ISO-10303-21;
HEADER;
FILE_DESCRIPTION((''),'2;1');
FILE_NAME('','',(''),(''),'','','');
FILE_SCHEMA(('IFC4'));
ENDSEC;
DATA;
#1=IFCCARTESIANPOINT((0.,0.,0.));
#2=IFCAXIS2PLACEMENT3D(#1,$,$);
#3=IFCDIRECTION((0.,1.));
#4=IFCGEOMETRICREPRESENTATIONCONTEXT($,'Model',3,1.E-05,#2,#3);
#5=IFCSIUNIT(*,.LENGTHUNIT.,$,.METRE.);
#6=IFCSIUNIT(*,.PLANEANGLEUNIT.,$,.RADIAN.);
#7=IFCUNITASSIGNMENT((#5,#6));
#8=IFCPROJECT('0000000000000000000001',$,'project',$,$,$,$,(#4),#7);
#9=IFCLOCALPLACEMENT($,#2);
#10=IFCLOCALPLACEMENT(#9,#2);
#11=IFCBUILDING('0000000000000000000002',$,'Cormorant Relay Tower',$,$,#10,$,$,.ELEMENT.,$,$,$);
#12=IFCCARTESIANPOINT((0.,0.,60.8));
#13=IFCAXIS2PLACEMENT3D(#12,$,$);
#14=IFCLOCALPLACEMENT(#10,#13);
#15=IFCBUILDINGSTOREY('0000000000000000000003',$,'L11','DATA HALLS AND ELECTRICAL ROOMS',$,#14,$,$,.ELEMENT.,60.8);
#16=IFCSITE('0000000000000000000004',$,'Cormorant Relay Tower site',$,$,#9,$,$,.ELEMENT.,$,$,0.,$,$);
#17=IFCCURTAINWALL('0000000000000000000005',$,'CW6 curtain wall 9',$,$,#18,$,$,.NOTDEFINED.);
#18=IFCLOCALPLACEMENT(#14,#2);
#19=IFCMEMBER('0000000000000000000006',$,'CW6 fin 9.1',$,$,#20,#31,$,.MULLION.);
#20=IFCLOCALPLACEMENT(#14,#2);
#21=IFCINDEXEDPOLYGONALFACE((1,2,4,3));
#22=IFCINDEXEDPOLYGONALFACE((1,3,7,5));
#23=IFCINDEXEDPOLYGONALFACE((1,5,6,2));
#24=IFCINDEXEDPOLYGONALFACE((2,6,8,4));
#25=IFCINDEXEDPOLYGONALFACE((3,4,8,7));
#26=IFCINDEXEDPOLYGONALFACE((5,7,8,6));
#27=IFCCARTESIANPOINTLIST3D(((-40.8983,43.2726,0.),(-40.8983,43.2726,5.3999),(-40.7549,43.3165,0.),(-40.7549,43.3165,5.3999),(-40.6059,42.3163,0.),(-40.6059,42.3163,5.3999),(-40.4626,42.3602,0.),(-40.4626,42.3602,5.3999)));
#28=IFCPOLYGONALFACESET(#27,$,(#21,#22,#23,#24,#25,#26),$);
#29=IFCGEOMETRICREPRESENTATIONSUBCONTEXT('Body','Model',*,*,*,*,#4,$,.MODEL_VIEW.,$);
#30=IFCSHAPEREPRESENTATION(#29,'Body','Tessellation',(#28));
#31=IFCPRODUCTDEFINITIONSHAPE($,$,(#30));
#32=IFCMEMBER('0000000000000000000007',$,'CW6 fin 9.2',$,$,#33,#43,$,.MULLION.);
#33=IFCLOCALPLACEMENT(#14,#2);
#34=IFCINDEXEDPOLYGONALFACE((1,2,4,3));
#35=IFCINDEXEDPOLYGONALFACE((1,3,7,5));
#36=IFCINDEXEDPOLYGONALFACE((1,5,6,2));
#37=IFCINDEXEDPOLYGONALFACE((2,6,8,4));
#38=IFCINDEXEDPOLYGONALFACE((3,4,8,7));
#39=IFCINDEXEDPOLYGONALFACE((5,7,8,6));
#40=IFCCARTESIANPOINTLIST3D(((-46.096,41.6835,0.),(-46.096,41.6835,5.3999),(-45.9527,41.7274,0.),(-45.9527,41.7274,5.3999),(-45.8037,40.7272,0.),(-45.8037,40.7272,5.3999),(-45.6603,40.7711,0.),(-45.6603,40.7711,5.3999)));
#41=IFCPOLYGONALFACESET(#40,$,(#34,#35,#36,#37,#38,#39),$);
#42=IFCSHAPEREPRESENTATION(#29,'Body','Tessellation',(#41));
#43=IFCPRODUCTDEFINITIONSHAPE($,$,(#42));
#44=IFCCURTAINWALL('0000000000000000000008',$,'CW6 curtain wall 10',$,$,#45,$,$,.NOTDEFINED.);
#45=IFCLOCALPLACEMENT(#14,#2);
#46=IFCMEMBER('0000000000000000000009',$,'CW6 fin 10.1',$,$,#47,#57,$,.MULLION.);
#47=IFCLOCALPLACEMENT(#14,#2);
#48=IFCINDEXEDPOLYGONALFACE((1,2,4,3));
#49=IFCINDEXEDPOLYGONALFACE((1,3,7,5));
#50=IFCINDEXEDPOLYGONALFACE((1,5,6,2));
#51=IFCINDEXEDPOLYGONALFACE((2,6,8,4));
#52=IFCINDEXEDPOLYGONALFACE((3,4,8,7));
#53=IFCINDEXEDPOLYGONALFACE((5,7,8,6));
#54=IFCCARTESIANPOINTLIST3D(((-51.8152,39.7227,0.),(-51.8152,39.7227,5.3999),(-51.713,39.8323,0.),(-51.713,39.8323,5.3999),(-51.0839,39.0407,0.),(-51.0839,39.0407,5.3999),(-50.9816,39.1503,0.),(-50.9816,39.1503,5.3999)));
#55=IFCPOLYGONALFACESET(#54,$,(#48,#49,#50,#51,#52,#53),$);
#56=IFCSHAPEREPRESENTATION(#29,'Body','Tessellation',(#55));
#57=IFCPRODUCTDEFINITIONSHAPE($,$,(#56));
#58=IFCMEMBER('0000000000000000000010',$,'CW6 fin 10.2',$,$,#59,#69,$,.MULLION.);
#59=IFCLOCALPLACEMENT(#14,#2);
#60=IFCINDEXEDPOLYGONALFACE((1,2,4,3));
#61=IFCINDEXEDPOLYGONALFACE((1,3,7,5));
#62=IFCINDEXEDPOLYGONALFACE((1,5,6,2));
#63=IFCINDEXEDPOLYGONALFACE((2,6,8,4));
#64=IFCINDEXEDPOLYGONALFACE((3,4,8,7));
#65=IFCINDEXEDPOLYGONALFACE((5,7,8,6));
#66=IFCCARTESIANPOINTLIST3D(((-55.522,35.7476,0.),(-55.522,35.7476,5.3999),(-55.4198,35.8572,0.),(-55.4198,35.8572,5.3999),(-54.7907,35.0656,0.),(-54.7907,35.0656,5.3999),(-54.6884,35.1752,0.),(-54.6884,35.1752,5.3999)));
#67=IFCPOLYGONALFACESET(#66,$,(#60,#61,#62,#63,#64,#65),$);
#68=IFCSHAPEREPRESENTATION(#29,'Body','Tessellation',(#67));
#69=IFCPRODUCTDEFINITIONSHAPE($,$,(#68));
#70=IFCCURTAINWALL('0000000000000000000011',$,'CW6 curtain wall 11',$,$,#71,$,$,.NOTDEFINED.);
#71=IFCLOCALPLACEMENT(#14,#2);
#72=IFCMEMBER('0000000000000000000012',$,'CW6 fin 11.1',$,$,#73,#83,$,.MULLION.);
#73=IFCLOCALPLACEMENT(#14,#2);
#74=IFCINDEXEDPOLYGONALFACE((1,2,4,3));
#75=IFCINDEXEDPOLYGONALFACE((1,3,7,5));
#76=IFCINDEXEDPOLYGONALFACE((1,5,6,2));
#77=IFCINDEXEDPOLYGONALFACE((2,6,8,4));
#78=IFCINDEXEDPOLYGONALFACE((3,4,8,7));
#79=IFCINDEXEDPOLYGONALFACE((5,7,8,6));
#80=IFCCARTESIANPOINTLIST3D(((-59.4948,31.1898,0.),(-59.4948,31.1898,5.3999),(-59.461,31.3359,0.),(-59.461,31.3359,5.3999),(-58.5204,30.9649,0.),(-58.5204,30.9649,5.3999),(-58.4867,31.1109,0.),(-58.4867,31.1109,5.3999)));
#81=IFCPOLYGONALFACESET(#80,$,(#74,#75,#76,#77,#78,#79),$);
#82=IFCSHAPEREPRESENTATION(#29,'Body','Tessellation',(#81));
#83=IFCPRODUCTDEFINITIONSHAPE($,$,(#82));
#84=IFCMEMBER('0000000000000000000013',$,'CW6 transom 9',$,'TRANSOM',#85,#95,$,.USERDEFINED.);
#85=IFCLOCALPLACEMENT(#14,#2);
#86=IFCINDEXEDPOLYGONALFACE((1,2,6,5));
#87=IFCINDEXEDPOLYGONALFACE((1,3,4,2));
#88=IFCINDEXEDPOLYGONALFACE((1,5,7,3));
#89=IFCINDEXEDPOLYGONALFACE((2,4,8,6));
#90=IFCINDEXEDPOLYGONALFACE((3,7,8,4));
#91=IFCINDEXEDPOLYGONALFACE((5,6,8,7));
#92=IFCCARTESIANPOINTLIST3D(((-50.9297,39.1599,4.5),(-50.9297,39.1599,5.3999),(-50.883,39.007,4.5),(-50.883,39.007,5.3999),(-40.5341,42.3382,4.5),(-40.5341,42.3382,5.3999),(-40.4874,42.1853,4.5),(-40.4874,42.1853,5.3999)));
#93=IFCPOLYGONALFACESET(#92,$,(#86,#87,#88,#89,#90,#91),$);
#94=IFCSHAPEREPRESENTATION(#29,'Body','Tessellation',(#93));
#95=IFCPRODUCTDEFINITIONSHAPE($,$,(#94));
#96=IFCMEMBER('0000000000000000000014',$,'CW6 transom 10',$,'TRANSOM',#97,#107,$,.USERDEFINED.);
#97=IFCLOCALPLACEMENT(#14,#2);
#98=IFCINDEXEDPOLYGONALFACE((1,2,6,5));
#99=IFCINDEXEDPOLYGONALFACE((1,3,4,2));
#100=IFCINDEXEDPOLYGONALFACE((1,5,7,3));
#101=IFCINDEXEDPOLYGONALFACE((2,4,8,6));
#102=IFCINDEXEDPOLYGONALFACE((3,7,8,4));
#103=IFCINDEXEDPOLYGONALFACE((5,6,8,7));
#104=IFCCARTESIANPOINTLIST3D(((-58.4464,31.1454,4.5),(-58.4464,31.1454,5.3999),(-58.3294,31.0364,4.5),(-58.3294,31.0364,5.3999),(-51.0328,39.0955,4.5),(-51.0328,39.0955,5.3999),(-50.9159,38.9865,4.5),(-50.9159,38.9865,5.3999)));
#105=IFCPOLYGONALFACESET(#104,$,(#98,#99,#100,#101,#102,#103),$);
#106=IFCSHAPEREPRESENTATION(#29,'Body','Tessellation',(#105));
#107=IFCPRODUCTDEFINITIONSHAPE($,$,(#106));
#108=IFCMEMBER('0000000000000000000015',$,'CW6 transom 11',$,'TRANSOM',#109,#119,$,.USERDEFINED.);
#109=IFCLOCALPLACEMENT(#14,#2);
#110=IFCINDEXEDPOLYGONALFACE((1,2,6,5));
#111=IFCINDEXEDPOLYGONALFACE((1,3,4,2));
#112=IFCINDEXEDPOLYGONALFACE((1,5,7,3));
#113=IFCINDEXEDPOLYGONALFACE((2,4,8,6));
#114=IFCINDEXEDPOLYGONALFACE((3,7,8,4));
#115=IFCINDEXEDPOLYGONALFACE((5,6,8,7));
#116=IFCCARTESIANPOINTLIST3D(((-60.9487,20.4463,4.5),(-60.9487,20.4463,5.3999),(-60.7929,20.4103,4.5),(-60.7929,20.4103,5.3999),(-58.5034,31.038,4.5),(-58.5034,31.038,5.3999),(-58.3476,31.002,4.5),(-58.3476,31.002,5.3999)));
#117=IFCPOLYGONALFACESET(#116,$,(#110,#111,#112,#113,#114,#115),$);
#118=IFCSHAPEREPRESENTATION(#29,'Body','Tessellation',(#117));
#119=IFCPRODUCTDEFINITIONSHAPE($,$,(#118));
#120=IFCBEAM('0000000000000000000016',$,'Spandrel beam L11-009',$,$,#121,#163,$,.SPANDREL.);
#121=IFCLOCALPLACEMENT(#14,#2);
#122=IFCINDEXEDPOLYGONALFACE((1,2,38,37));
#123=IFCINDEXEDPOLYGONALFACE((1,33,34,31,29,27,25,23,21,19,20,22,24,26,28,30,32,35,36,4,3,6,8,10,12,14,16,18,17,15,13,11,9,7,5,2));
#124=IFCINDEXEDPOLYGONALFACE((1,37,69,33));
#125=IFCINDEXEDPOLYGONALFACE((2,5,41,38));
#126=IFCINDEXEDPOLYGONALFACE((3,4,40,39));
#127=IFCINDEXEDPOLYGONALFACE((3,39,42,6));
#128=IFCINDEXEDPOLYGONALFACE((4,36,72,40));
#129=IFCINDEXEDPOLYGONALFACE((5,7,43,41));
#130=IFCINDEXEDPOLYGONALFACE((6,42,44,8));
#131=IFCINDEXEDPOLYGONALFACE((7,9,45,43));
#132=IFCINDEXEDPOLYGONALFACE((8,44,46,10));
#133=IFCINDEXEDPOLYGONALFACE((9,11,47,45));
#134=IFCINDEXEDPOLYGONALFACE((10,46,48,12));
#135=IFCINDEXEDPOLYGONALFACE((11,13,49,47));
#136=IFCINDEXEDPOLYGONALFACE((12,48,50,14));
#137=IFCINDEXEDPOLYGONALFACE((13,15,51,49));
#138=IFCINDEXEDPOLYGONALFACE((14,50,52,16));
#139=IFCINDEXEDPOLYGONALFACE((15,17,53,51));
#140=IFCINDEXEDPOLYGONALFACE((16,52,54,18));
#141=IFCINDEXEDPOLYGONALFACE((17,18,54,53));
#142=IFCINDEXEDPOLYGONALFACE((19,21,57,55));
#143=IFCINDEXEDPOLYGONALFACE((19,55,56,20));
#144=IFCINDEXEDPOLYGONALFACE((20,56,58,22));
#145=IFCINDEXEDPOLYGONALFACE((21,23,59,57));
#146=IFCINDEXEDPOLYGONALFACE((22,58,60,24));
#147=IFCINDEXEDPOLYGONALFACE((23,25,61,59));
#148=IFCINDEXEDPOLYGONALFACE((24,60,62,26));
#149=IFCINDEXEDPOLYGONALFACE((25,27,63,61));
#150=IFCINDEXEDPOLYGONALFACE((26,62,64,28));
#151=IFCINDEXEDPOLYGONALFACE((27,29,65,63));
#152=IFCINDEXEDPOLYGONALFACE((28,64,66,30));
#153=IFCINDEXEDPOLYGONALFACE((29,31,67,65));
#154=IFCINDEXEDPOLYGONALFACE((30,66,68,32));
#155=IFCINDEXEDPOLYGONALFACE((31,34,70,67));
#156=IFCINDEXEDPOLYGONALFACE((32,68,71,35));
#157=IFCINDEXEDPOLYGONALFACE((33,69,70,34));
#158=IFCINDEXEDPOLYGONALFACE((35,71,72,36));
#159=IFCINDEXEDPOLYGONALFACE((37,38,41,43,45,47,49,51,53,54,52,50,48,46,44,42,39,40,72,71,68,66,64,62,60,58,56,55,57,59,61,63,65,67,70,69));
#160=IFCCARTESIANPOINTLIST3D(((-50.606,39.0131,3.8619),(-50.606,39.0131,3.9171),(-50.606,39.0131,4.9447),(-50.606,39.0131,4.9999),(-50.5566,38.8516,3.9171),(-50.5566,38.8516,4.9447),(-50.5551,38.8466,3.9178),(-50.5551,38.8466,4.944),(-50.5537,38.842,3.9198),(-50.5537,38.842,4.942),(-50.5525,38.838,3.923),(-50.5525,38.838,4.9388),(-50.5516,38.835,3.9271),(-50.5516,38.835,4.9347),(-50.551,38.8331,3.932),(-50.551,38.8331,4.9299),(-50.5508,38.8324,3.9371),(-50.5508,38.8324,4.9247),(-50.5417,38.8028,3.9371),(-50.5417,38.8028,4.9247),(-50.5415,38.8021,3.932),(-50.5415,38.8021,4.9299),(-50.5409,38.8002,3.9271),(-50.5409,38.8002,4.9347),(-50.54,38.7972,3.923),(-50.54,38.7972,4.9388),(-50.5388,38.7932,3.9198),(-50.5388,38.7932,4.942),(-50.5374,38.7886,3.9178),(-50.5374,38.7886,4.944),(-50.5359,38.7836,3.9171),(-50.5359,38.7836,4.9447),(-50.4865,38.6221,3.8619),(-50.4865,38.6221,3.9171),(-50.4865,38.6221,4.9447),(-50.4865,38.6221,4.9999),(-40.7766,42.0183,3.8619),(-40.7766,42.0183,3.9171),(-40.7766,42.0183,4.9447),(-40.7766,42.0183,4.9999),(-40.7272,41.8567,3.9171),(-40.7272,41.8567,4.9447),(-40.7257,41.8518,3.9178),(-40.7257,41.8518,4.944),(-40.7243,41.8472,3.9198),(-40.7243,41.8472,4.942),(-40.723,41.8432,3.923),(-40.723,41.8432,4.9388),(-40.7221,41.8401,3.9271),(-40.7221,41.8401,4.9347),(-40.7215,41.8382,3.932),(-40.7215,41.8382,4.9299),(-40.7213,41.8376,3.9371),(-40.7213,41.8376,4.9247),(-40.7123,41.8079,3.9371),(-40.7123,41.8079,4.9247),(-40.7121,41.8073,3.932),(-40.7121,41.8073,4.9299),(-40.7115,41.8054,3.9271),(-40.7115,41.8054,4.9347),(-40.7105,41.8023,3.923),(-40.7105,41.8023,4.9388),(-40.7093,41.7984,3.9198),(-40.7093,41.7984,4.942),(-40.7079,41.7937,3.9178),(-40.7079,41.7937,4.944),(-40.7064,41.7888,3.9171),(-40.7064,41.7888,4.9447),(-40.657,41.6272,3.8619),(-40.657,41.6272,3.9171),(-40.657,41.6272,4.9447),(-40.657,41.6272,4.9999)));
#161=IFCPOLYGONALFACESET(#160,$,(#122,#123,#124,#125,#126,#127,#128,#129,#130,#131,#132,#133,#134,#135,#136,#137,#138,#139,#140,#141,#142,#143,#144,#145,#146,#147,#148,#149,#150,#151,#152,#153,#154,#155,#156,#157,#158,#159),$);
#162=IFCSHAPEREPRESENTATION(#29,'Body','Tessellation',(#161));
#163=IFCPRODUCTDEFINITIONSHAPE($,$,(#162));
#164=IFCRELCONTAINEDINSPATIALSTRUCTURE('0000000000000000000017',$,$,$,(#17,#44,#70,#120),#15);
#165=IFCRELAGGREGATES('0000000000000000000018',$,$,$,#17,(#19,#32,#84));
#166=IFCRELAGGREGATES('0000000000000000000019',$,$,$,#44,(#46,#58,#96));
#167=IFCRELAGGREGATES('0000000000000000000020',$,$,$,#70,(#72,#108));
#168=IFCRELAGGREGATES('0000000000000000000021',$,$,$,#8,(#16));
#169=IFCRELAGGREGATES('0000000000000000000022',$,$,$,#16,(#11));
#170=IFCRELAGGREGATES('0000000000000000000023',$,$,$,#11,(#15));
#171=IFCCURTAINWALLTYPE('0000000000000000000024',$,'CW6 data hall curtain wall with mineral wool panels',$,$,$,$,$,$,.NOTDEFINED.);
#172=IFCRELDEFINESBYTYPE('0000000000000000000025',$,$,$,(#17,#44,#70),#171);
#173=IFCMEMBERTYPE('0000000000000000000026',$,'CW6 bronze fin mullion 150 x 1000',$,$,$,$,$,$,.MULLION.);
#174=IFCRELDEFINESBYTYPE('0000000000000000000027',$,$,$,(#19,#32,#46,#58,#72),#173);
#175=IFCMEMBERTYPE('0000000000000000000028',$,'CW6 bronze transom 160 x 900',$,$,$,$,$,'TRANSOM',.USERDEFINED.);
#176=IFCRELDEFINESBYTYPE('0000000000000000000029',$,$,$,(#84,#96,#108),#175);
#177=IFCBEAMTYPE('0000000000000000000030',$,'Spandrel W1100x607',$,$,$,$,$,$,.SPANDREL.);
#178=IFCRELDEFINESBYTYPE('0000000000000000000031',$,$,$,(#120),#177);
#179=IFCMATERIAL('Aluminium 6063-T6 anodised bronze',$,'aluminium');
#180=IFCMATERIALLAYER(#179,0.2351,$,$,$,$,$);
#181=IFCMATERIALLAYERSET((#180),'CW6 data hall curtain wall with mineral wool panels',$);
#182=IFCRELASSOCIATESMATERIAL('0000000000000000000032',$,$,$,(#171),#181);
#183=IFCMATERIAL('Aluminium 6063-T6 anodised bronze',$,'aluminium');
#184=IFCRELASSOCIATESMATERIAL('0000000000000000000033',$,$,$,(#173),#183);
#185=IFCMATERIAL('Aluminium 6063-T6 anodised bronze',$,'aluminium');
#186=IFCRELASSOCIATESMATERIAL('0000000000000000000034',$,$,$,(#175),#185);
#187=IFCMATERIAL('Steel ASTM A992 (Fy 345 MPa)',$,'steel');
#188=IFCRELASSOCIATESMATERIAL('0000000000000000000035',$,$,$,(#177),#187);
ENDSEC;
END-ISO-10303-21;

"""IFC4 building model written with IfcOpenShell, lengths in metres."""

from ifc_helpers import new_model, si_unit, direction, frame, origin, origin_2d, place, context, subcontext, project, spatial, rectangle, i_section, extrude, material, layer, layer_set, material_profile, profile_set, type_object, element, aggregate, save


model = new_model("IFC4")

# Units and contexts
model_context = context("Model", 3, precision=1e-05, world=origin(), true_north=direction((0.0, 1.0)))
body_context = subcontext(model_context, "Body", "Model", "MODEL_VIEW")
ifc_project = project(units=[si_unit("LENGTHUNIT", "METRE"), si_unit("PLANEANGLEUNIT", "RADIAN")], contexts=[model_context])

# Site, building, storey
site_placement = place(None, origin())
site = spatial("IfcSite", under=ifc_project, at=site_placement, Name="Cormorant Relay Tower site", CompositionType="ELEMENT", RefElevation=0.0)
building_placement = place(site_placement, origin())
building = spatial("IfcBuilding", under=site, at=building_placement, Name="Cormorant Relay Tower", CompositionType="ELEMENT")
storey_placement = place(building_placement, frame((0.0, 0.0, 60.8)))
storey = spatial("IfcBuildingStorey", under=building, at=storey_placement, Name="L11", Description="DATA HALLS AND ELECTRICAL ROOMS", CompositionType="ELEMENT", Elevation=60.8)

# Shared definitions
ifc_material_1 = material(Name="Aluminium 6063-T6 anodised bronze", Category="aluminium")
ifc_layer_1 = layer(ifc_material_1, 0.2351)
ifc_layer_set_1 = layer_set([ifc_layer_1], Name="CW6 data hall curtain wall with mineral wool panels")
curtain_wall_type = type_object("IfcCurtainWallType", Name="CW6 data hall curtain wall with mineral wool panels", PredefinedType="NOTDEFINED", material=ifc_layer_set_1)
ifc_material_2 = material(Name="Aluminium 6063-T6 anodised bronze", Category="aluminium")
ifc_material_profile_1 = material_profile(ifc_material_2, rectangle(XDim=0.1499, YDim=1.0, at=origin_2d()), Name="AL 150x1000")
ifc_profile_set_1 = profile_set([ifc_material_profile_1], Name="Aluminium 6063-T6 anodised bronze")
member_type_1 = type_object("IfcMemberType", Name="CW6 bronze fin mullion 150 x 1000", PredefinedType="MULLION", material=ifc_profile_set_1)

# Curtain walls, members
curtain_wall_1_placement = place(storey_placement, origin())
curtain_wall_1 = element("IfcCurtainWall", 1, at=curtain_wall_1_placement, inside=storey, type_object=curtain_wall_type, Name="CW6 curtain wall 9", PredefinedType="NOTDEFINED")
member_1_placement = place(storey_placement, frame((-40.6804, 42.8164, 0.0), z_axis=(0.0, 0.0, 1.0), x_axis=(-0.956305, -0.292372, 0.0)))
member_1 = element("IfcMember", 2, at=member_1_placement, type_object=member_type_1, Name="CW6 fin 9.1", PredefinedType="MULLION", context=body_context, shape_type="SweptSolid", body=[
    extrude(rectangle(XDim=0.1499, YDim=1.0, at=origin_2d()), origin(), (0.0, 0.0, 1.0), 5.3999),
])
member_2_placement = place(storey_placement, frame((-45.8782, 41.2273, 0.0), z_axis=(0.0, 0.0, 1.0), x_axis=(-0.956305, -0.292372, 0.0)))
member_2 = element("IfcMember", 3, at=member_2_placement, type_object=member_type_1, Name="CW6 fin 9.2", PredefinedType="MULLION", context=body_context, shape_type="SweptSolid", body=[
    extrude(rectangle(XDim=0.1499, YDim=1.0, at=origin_2d()), origin(), (0.0, 0.0, 1.0), 5.3999),
])
curtain_wall_2_placement = place(storey_placement, origin())
curtain_wall_2 = element("IfcCurtainWall", 4, at=curtain_wall_2_placement, inside=storey, type_object=curtain_wall_type, Name="CW6 curtain wall 10", PredefinedType="NOTDEFINED")
member_3_placement = place(storey_placement, frame((-51.3984, 39.4365, 0.0), z_axis=(0.0, 0.0, 1.0), x_axis=(-0.681998, -0.731354, 0.0)))
member_3 = element("IfcMember", 5, at=member_3_placement, type_object=member_type_1, Name="CW6 fin 10.1", PredefinedType="MULLION", context=body_context, shape_type="SweptSolid", body=[
    extrude(rectangle(XDim=0.1499, YDim=1.0, at=origin_2d()), origin(), (0.0, 0.0, 1.0), 5.3999),
])
member_4_placement = place(storey_placement, frame((-55.1052, 35.4614, 0.0), z_axis=(0.0, 0.0, 1.0), x_axis=(-0.681998, -0.731354, 0.0)))
member_4 = element("IfcMember", 6, at=member_4_placement, type_object=member_type_1, Name="CW6 fin 10.2", PredefinedType="MULLION", context=body_context, shape_type="SweptSolid", body=[
    extrude(rectangle(XDim=0.1499, YDim=1.0, at=origin_2d()), origin(), (0.0, 0.0, 1.0), 5.3999),
])

# Curtain wall, member
curtain_wall_3_placement = place(storey_placement, origin())
curtain_wall_3 = element("IfcCurtainWall", 7, at=curtain_wall_3_placement, inside=storey, type_object=curtain_wall_type, Name="CW6 curtain wall 11", PredefinedType="NOTDEFINED")
member_5_placement = place(storey_placement, frame((-58.9907, 31.1504, 0.0), z_axis=(0.0, 0.0, 1.0), x_axis=(-0.224951, -0.97437, 0.0)))
member_5 = element("IfcMember", 8, at=member_5_placement, type_object=member_type_1, Name="CW6 fin 11.1", PredefinedType="MULLION", context=body_context, shape_type="SweptSolid", body=[
    extrude(rectangle(XDim=0.1499, YDim=1.0, at=origin_2d()), origin(), (0.0, 0.0, 1.0), 5.3999),
])

# Members
ifc_material_3 = material(Name="Aluminium 6063-T6 anodised bronze", Category="aluminium")
ifc_material_profile_2 = material_profile(ifc_material_3, rectangle(XDim=0.1599, YDim=0.8999, at=origin_2d()), Name="AL 160x900")
ifc_profile_set_2 = profile_set([ifc_material_profile_2], Name="Aluminium 6063-T6 anodised bronze")
member_type_2 = type_object("IfcMemberType", Name="CW6 bronze transom 160 x 900", ElementType="TRANSOM", PredefinedType="USERDEFINED", material=ifc_profile_set_2)
member_6_placement = place(storey_placement, frame((-40.5107, 42.2617, 4.95), z_axis=(-0.956305, -0.292371, 0.0), x_axis=(0.292371, -0.956305, 0.0)))
member_6 = element("IfcMember", 9, at=member_6_placement, type_object=member_type_2, Name="CW6 transom 9", ObjectType="TRANSOM", PredefinedType="USERDEFINED", context=body_context, shape_type="SweptSolid", body=[
    extrude(rectangle(XDim=0.1599, YDim=0.8999, at=origin_2d()), origin(), (0.0, 0.0, 1.0), 10.8706),
])
member_7_placement = place(storey_placement, frame((-50.9744, 39.041, 4.95), z_axis=(-0.681993, -0.731358, 0.0), x_axis=(0.731358, -0.681993, 0.0)))
member_7 = element("IfcMember", 10, at=member_7_placement, type_object=member_type_2, Name="CW6 transom 10", ObjectType="TRANSOM", PredefinedType="USERDEFINED", context=body_context, shape_type="SweptSolid", body=[
    extrude(rectangle(XDim=0.1599, YDim=0.8999, at=origin_2d()), origin(), (0.0, 0.0, 1.0), 10.8704),
])
member_8_placement = place(storey_placement, frame((-58.4255, 31.02, 4.95), z_axis=(-0.224951, -0.97437, 0.0), x_axis=(0.97437, -0.224951, 0.0)))
member_8 = element("IfcMember", 11, at=member_8_placement, type_object=member_type_2, Name="CW6 transom 11", ObjectType="TRANSOM", PredefinedType="USERDEFINED", context=body_context, shape_type="SweptSolid", body=[
    extrude(rectangle(XDim=0.1599, YDim=0.8999, at=origin_2d()), origin(), (0.0, 0.0, 1.0), 10.8704),
])

# Beam
ifc_material_4 = material(Name="Steel ASTM A992 (Fy 345 MPa)", Category="steel")
ifc_material_profile_3 = material_profile(ifc_material_4, i_section(OverallWidth=0.4089, OverallDepth=1.1379, WebThickness=0.031, FlangeThickness=0.0552, FilletRadius=0.02, at=origin_2d()), Name="W1100x607")
ifc_profile_set_3 = profile_set([ifc_material_profile_3], Name="Steel ASTM A992 (Fy 345 MPa)")
beam_type = type_object("IfcBeamType", Name="Spandrel W1100x607", PredefinedType="SPANDREL", material=ifc_profile_set_3)
beam_1_placement = place(storey_placement, frame((-40.7168, 41.8228, 4.4309), z_axis=(-0.956305, -0.292371, 0.0), x_axis=(0.292371, -0.956305, 0.0)))
element("IfcBeam", 12, at=beam_1_placement, inside=storey, type_object=beam_type, Name="Spandrel beam L11-009", PredefinedType="SPANDREL", context=body_context, shape_type="SweptSolid", body=[
    extrude(i_section(OverallWidth=0.4089, OverallDepth=1.1379, WebThickness=0.031, FlangeThickness=0.0552, FilletRadius=0.02, at=origin_2d()), origin(), (0.0, 0.0, 1.0), 10.2786),
])

aggregate(curtain_wall_1, [member_1, member_2, member_6])
aggregate(curtain_wall_2, [member_3, member_4, member_7])
aggregate(curtain_wall_3, [member_5, member_8])

save(model, "model.ifc")
